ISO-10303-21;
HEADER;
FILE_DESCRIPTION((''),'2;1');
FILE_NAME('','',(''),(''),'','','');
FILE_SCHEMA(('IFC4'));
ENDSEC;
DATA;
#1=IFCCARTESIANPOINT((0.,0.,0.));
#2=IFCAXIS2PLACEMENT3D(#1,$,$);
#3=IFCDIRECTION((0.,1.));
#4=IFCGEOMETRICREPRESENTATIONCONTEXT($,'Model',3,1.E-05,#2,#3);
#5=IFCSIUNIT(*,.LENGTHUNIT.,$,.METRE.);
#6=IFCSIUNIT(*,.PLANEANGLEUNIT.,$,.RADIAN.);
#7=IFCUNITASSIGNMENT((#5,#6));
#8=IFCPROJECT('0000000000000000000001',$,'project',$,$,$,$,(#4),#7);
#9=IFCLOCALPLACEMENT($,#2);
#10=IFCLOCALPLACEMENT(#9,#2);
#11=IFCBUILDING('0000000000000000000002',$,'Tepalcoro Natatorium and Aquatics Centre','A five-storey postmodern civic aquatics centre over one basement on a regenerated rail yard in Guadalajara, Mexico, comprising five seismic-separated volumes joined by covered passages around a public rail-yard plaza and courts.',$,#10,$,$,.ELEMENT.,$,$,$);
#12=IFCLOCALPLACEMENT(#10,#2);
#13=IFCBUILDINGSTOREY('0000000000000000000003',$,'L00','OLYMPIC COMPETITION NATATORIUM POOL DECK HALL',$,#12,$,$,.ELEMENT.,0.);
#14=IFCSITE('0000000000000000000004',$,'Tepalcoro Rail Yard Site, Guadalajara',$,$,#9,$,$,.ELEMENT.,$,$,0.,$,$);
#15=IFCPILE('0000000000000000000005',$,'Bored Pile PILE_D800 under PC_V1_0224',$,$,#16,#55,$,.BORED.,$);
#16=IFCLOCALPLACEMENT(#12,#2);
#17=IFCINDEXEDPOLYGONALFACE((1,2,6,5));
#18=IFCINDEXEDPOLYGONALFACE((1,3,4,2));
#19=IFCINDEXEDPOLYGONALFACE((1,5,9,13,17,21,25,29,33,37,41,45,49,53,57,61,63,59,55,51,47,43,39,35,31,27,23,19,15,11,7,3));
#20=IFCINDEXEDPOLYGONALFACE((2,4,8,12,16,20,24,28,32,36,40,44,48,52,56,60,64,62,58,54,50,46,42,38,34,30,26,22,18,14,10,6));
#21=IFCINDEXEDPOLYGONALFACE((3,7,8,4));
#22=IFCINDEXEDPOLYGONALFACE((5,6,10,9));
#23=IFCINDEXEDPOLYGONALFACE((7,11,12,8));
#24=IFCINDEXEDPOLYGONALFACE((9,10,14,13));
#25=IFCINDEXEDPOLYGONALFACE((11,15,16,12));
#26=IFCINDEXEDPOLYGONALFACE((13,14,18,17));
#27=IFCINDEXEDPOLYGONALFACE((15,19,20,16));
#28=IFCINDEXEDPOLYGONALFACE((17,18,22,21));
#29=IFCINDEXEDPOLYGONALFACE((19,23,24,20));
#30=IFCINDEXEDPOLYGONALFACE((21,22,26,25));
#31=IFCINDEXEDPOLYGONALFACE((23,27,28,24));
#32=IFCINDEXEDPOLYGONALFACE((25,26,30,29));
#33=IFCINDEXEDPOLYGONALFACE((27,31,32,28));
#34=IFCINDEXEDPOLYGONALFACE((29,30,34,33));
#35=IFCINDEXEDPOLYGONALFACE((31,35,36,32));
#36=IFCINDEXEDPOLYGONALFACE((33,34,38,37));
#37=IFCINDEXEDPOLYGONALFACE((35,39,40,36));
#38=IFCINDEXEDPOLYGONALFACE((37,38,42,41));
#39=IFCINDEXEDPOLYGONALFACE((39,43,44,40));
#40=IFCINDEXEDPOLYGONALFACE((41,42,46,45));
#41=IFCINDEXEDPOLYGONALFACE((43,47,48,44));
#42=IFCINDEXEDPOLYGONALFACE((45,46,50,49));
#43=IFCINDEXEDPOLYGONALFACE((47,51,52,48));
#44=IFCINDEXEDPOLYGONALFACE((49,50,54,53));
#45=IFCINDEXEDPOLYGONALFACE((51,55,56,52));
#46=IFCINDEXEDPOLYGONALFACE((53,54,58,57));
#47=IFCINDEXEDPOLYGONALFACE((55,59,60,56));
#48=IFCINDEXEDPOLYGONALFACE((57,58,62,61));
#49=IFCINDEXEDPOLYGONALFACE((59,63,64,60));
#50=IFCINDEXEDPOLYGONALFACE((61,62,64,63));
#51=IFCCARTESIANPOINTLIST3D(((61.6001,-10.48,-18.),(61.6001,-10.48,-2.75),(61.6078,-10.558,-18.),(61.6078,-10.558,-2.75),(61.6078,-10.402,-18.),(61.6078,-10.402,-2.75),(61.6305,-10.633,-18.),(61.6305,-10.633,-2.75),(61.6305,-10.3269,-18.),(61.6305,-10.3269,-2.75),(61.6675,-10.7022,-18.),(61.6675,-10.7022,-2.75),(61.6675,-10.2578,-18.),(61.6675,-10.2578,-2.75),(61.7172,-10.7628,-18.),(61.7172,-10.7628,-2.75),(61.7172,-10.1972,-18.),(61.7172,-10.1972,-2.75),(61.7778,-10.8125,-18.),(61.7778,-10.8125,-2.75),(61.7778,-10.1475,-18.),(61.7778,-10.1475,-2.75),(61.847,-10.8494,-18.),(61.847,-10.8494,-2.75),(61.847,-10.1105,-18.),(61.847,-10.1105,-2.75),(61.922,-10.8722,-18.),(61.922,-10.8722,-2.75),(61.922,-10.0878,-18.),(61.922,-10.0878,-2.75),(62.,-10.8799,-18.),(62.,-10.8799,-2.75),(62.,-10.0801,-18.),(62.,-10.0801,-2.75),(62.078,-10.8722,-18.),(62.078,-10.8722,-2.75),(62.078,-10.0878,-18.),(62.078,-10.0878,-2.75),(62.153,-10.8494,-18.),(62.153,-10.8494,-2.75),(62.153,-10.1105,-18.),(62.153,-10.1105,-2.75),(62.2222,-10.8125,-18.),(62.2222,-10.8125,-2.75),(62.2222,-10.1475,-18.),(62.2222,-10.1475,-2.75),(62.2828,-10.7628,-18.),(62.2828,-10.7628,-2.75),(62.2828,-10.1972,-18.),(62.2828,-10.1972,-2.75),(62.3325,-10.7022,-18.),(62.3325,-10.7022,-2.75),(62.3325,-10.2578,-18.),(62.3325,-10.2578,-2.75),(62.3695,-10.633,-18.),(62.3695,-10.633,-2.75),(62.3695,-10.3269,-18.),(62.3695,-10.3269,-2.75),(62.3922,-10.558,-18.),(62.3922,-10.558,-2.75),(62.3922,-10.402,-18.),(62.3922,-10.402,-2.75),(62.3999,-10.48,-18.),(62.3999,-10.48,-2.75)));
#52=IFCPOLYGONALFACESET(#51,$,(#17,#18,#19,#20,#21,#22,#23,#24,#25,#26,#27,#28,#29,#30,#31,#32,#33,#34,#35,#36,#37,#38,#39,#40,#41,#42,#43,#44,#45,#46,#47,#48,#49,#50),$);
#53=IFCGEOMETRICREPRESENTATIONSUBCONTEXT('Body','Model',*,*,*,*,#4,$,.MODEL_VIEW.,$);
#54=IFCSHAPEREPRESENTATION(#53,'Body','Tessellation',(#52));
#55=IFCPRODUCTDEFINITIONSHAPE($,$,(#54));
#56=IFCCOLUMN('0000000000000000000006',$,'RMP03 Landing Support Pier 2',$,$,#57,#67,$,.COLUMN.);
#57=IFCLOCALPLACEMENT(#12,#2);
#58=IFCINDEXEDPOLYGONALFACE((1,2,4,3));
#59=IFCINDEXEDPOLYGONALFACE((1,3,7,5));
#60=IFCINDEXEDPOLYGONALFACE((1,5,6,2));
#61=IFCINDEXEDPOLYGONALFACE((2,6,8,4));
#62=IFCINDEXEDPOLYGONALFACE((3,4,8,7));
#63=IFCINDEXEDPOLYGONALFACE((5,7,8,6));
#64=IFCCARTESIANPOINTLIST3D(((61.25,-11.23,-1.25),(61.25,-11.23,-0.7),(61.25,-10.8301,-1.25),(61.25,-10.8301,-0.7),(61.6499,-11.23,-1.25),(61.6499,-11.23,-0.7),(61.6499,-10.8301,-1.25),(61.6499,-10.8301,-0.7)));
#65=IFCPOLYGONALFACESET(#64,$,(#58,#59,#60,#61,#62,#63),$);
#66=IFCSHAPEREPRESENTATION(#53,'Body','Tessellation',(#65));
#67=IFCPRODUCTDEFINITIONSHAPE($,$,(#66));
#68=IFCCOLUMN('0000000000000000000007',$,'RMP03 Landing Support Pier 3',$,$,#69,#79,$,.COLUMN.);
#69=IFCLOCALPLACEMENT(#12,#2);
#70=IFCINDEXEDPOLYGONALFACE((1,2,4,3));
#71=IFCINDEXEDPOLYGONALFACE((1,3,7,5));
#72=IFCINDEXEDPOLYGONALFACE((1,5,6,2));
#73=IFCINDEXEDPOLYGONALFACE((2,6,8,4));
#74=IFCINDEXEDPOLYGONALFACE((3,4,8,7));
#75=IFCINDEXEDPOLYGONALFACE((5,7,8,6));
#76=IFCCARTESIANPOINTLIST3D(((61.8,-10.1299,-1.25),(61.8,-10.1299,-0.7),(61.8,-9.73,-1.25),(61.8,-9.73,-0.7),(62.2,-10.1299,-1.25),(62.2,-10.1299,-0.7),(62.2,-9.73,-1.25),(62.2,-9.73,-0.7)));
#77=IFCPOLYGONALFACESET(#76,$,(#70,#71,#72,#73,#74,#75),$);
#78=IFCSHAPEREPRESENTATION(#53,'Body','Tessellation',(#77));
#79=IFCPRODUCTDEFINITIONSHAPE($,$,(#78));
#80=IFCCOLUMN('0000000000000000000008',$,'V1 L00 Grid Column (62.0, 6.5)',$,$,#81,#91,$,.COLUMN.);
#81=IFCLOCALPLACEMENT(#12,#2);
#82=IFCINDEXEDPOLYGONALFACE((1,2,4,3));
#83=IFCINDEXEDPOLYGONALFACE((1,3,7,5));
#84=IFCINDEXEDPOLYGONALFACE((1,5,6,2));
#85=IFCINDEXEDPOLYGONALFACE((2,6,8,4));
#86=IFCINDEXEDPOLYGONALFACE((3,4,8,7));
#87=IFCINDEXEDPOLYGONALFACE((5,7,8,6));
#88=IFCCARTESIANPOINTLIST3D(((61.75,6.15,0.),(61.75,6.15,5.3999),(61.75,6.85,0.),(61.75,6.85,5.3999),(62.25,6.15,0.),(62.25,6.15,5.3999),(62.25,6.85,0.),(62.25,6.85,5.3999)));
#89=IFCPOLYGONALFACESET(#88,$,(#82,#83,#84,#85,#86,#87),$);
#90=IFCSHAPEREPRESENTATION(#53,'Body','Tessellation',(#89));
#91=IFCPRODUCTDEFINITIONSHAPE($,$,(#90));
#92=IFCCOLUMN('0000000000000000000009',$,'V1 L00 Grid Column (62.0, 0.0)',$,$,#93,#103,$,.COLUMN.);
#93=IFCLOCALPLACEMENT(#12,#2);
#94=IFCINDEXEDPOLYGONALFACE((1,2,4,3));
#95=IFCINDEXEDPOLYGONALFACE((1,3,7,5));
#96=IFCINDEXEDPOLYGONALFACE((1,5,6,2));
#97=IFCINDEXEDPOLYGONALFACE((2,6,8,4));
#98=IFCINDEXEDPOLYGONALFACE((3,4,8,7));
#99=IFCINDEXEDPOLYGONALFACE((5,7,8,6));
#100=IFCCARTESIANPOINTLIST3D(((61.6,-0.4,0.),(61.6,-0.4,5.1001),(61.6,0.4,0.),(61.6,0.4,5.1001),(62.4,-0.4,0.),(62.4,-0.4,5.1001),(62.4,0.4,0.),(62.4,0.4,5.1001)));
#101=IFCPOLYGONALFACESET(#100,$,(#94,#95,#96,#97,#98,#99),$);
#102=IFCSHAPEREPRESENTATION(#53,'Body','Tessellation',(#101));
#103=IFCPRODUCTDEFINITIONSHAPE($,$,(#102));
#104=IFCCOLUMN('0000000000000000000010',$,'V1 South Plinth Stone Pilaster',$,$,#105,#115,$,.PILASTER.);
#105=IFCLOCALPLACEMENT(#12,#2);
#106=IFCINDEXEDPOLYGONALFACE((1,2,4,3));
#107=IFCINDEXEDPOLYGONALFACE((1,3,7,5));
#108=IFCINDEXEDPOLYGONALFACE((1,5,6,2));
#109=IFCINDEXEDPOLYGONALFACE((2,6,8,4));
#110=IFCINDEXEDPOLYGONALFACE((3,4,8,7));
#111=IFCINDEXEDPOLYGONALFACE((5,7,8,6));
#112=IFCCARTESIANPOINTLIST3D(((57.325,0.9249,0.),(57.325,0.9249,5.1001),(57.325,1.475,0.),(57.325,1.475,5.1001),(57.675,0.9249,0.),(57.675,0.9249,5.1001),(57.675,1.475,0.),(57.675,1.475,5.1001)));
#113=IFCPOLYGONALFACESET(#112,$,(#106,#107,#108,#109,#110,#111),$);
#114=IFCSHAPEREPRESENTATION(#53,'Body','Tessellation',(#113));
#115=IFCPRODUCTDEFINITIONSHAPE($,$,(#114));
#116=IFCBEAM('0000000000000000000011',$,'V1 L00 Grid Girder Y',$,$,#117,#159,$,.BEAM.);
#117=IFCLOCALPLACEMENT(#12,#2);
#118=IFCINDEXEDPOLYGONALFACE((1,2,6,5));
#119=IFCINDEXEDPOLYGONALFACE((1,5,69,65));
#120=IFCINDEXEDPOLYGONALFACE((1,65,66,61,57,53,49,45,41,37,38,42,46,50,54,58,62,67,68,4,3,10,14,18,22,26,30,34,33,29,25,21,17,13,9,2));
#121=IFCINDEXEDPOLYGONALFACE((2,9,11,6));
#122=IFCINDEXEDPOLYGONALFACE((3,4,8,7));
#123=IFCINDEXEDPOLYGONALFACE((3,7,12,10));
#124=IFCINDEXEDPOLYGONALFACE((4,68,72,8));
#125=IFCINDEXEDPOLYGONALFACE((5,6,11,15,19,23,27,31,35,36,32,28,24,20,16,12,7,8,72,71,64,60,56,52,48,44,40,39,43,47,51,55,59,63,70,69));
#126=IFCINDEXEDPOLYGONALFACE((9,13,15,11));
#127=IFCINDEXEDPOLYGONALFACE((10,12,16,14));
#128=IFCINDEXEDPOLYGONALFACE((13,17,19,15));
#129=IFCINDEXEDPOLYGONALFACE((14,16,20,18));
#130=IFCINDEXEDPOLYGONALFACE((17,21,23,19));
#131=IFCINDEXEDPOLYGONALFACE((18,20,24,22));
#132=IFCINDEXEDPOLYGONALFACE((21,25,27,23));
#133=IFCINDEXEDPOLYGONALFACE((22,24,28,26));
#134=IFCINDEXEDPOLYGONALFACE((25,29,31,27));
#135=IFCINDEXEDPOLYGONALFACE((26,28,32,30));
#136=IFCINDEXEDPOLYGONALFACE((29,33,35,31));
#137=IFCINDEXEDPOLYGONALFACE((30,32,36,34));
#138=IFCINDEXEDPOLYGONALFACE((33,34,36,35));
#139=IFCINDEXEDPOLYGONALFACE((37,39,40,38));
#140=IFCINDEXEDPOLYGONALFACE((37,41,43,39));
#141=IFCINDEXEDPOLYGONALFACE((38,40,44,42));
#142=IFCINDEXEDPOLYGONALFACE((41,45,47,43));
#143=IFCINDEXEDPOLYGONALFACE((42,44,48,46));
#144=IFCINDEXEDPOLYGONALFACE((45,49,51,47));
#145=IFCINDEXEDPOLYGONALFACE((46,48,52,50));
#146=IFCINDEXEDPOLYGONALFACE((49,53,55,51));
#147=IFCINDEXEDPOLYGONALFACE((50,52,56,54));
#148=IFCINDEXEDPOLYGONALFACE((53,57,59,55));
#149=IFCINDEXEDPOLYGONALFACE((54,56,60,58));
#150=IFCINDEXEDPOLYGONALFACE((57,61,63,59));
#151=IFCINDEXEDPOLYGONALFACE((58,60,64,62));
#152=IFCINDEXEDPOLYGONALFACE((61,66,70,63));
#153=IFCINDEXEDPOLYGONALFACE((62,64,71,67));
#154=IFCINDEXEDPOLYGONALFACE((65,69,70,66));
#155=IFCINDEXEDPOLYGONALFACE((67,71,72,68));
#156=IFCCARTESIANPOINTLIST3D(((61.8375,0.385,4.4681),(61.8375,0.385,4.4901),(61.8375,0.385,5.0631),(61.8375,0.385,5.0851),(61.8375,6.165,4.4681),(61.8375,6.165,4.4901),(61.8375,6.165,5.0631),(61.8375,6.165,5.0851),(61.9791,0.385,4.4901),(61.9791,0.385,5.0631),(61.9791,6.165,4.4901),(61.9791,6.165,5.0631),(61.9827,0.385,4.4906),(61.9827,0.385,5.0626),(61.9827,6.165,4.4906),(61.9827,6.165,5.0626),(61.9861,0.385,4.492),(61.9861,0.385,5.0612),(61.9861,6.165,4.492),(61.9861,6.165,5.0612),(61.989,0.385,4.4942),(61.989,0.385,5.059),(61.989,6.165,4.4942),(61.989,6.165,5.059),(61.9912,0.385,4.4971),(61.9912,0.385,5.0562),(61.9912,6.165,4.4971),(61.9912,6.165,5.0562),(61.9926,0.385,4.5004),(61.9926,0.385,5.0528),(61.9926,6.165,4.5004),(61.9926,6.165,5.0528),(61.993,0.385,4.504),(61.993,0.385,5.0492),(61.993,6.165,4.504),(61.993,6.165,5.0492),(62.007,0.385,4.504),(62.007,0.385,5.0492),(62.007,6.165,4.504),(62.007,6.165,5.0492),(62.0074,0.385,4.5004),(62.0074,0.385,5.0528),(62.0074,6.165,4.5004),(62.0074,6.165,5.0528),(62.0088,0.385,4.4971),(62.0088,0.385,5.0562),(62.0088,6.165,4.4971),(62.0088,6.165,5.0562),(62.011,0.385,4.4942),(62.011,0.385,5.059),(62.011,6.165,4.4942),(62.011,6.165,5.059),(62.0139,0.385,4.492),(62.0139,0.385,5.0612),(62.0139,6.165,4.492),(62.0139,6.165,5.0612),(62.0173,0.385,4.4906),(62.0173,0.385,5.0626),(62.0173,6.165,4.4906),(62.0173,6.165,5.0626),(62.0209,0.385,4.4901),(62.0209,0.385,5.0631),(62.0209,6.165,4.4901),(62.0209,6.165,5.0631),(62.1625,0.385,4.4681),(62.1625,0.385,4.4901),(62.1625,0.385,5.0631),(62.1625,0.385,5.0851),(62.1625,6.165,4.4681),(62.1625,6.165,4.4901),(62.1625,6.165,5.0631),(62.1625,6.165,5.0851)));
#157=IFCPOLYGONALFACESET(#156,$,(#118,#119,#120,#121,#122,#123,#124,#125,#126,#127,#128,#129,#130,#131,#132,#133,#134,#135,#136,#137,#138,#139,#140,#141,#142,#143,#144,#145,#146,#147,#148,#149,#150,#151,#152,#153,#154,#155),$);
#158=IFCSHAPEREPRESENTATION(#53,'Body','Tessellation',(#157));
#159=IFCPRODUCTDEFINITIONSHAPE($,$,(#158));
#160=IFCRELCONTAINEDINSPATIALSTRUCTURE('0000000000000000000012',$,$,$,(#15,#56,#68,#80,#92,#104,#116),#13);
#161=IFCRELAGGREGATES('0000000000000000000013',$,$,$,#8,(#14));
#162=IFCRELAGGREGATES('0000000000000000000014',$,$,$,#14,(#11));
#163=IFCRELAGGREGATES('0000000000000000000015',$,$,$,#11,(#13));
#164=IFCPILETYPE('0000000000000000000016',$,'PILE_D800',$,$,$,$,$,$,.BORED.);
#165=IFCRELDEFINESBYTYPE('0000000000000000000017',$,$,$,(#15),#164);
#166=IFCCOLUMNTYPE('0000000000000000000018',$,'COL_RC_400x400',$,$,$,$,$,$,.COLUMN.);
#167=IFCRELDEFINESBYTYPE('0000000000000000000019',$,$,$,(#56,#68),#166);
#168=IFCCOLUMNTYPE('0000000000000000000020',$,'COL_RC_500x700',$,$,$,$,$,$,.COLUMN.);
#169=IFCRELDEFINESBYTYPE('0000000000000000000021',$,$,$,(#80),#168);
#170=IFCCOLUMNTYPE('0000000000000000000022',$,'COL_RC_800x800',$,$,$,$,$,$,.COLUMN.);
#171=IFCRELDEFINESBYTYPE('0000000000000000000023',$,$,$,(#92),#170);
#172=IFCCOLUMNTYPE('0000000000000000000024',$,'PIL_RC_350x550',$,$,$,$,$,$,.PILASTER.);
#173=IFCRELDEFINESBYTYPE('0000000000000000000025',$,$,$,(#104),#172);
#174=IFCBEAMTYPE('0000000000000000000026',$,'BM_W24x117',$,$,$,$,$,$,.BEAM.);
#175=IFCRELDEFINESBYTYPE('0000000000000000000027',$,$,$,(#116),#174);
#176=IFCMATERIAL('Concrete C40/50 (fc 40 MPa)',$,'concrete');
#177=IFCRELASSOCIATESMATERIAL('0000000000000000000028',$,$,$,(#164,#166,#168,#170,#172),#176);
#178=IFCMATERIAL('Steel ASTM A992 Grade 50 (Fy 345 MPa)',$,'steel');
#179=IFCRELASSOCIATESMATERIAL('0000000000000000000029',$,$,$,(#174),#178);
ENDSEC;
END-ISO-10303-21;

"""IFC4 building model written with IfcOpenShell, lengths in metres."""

from ifc_helpers import new_model, si_unit, direction, frame, origin, origin_2d, place, context, subcontext, project, spatial, rectangle, circle, i_section, extrude, material, material_profile, profile_set, type_object, element, save


model = new_model("IFC4")

# Units and contexts
model_context = context("Model", 3, precision=1e-05, world=origin(), true_north=direction((0.0, 1.0)))
body_context = subcontext(model_context, "Body", "Model", "MODEL_VIEW")
ifc_project = project(units=[si_unit("LENGTHUNIT", "METRE"), si_unit("PLANEANGLEUNIT", "RADIAN")], contexts=[model_context])

# Site, building, storey
site_placement = place(None, origin())
site = spatial("IfcSite", under=ifc_project, at=site_placement, Name="Tepalcoro Rail Yard Site, Guadalajara", CompositionType="ELEMENT", RefElevation=0.0)
building_placement = place(site_placement, origin())
building = spatial("IfcBuilding", under=site, at=building_placement, Name="Tepalcoro Natatorium and Aquatics Centre", Description="A five-storey postmodern civic aquatics centre over one basement on a regenerated rail yard in Guadalajara, Mexico, comprising five seismic-separated volumes joined by covered passages around a public rail-yard plaza and courts.", CompositionType="ELEMENT")
storey_placement = place(building_placement, origin())
storey = spatial("IfcBuildingStorey", under=building, at=storey_placement, Name="L00", Description="OLYMPIC COMPETITION NATATORIUM POOL DECK HALL", CompositionType="ELEMENT", Elevation=0.0)

# Pile
ifc_material_1 = material(Name="Concrete C40/50 (fc 40 MPa)", Category="concrete")
ifc_material_profile_1 = material_profile(ifc_material_1, circle(Radius=0.3999, at=origin_2d()), Name="PILE_D800")
ifc_profile_set_1 = profile_set([ifc_material_profile_1], Name="Concrete C40/50 (fc 40 MPa)")
pile_type = type_object("IfcPileType", Name="PILE_D800", PredefinedType="BORED", material=ifc_profile_set_1)
pile_placement = place(storey_placement, frame((62.0, -10.48, -2.75), z_axis=(0.0, 0.0, -1.0), x_axis=(1.0, 0.0, 0.0)))
element("IfcPile", 1, at=pile_placement, inside=storey, type_object=pile_type, Name="Bored Pile PILE_D800 under PC_V1_0224", PredefinedType="BORED", context=body_context, shape_type="SweptSolid", body=[
    extrude(circle(Radius=0.3999, at=origin_2d()), origin(), (0.0, 0.0, 1.0), 15.25),
])

# Columns
ifc_material_profile_2 = material_profile(ifc_material_1, rectangle(XDim=0.3999, YDim=0.3999, at=origin_2d()), Name="RC400x400")
ifc_profile_set_2 = profile_set([ifc_material_profile_2], Name="Concrete C40/50 (fc 40 MPa)")
column_type_1 = type_object("IfcColumnType", Name="COL_RC_400x400", PredefinedType="COLUMN", material=ifc_profile_set_2)
for number, where, z_axis, x_axis, name in (
    (2, (61.45, -11.03, -1.25), (0.0, 0.0, 1.0), (1.0, 0.0, 0.0), "RMP03 Landing Support Pier 2"),
    (3, (62.0, -9.9299, -1.25), (0.0, 0.0, 1.0), (1.0, 0.0, 0.0), "RMP03 Landing Support Pier 3"),
):
    element("IfcColumn", number, at=place(storey_placement, frame(where, z_axis=z_axis, x_axis=x_axis)), inside=storey, type_object=column_type_1, Name=name, PredefinedType="COLUMN", context=body_context, shape_type="SweptSolid", body=[
        extrude(rectangle(XDim=0.3999, YDim=0.3999, at=origin_2d()), origin(), (0.0, 0.0, 1.0), 0.55),
    ])
ifc_material_profile_3 = material_profile(ifc_material_1, rectangle(XDim=0.5, YDim=0.7, at=origin_2d()), Name="RC500x700")
ifc_profile_set_3 = profile_set([ifc_material_profile_3], Name="Concrete C40/50 (fc 40 MPa)")
column_type_2 = type_object("IfcColumnType", Name="COL_RC_500x700", PredefinedType="COLUMN", material=ifc_profile_set_3)
column_1_placement = place(storey_placement, frame((62.0, 6.5, 0.0), z_axis=(0.0, 0.0, 1.0), x_axis=(1.0, 0.0, 0.0)))
element("IfcColumn", 4, at=column_1_placement, inside=storey, type_object=column_type_2, Name="V1 L00 Grid Column (62.0, 6.5)", PredefinedType="COLUMN", context=body_context, shape_type="SweptSolid", body=[
    extrude(rectangle(XDim=0.5, YDim=0.7, at=origin_2d()), origin(), (0.0, 0.0, 1.0), 5.3999),
])
ifc_material_profile_4 = material_profile(ifc_material_1, rectangle(XDim=0.8, YDim=0.8, at=origin_2d()), Name="RC800x800")
ifc_profile_set_4 = profile_set([ifc_material_profile_4], Name="Concrete C40/50 (fc 40 MPa)")
column_type_3 = type_object("IfcColumnType", Name="COL_RC_800x800", PredefinedType="COLUMN", material=ifc_profile_set_4)
column_2_placement = place(storey_placement, frame((62.0, 0.0, 0.0), z_axis=(0.0, 0.0, 1.0), x_axis=(1.0, 0.0, 0.0)))
element("IfcColumn", 5, at=column_2_placement, inside=storey, type_object=column_type_3, Name="V1 L00 Grid Column (62.0, 0.0)", PredefinedType="COLUMN", context=body_context, shape_type="SweptSolid", body=[
    extrude(rectangle(XDim=0.8, YDim=0.8, at=origin_2d()), origin(), (0.0, 0.0, 1.0), 5.1001),
])
ifc_material_profile_5 = material_profile(ifc_material_1, rectangle(XDim=0.3501, YDim=0.55, at=origin_2d()), Name="PIL350x550")
ifc_profile_set_5 = profile_set([ifc_material_profile_5], Name="Concrete C40/50 (fc 40 MPa)")
column_type_4 = type_object("IfcColumnType", Name="PIL_RC_350x550", PredefinedType="PILASTER", material=ifc_profile_set_5)
column_3_placement = place(storey_placement, frame((57.5, 1.2, 0.0), z_axis=(0.0, 0.0, 1.0), x_axis=(1.0, 0.0, 0.0)))
element("IfcColumn", 6, at=column_3_placement, inside=storey, type_object=column_type_4, Name="V1 South Plinth Stone Pilaster", PredefinedType="PILASTER", context=body_context, shape_type="SweptSolid", body=[
    extrude(rectangle(XDim=0.3501, YDim=0.55, at=origin_2d()), origin(), (0.0, 0.0, 1.0), 5.1001),
])

# Beam
ifc_material_2 = material(Name="Steel ASTM A992 Grade 50 (Fy 345 MPa)", Category="steel")
ifc_material_profile_6 = material_profile(ifc_material_2, i_section(OverallWidth=0.325, OverallDepth=0.6169, WebThickness=0.0139, FlangeThickness=0.022, FilletRadius=0.0139, at=origin_2d()), Name="W24X117")
ifc_profile_set_6 = profile_set([ifc_material_profile_6], Name="Steel ASTM A992 Grade 50 (Fy 345 MPa)")
beam_type_1 = type_object("IfcBeamType", Name="BM_W24x117", PredefinedType="BEAM", material=ifc_profile_set_6)
beam_1_placement = place(storey_placement, frame((62.0, 0.385, 4.7766), z_axis=(0.0, 1.0, 0.0), x_axis=(-1.0, 0.0, 0.0)))
element("IfcBeam", 7, at=beam_1_placement, inside=storey, type_object=beam_type_1, Name="V1 L00 Grid Girder Y", PredefinedType="BEAM", context=body_context, shape_type="SweptSolid", body=[
    extrude(i_section(OverallWidth=0.325, OverallDepth=0.6169, WebThickness=0.0139, FlangeThickness=0.022, FilletRadius=0.0139, at=origin_2d()), origin(), (0.0, 0.0, 1.0), 5.78),
])

save(model, "model.ifc")
